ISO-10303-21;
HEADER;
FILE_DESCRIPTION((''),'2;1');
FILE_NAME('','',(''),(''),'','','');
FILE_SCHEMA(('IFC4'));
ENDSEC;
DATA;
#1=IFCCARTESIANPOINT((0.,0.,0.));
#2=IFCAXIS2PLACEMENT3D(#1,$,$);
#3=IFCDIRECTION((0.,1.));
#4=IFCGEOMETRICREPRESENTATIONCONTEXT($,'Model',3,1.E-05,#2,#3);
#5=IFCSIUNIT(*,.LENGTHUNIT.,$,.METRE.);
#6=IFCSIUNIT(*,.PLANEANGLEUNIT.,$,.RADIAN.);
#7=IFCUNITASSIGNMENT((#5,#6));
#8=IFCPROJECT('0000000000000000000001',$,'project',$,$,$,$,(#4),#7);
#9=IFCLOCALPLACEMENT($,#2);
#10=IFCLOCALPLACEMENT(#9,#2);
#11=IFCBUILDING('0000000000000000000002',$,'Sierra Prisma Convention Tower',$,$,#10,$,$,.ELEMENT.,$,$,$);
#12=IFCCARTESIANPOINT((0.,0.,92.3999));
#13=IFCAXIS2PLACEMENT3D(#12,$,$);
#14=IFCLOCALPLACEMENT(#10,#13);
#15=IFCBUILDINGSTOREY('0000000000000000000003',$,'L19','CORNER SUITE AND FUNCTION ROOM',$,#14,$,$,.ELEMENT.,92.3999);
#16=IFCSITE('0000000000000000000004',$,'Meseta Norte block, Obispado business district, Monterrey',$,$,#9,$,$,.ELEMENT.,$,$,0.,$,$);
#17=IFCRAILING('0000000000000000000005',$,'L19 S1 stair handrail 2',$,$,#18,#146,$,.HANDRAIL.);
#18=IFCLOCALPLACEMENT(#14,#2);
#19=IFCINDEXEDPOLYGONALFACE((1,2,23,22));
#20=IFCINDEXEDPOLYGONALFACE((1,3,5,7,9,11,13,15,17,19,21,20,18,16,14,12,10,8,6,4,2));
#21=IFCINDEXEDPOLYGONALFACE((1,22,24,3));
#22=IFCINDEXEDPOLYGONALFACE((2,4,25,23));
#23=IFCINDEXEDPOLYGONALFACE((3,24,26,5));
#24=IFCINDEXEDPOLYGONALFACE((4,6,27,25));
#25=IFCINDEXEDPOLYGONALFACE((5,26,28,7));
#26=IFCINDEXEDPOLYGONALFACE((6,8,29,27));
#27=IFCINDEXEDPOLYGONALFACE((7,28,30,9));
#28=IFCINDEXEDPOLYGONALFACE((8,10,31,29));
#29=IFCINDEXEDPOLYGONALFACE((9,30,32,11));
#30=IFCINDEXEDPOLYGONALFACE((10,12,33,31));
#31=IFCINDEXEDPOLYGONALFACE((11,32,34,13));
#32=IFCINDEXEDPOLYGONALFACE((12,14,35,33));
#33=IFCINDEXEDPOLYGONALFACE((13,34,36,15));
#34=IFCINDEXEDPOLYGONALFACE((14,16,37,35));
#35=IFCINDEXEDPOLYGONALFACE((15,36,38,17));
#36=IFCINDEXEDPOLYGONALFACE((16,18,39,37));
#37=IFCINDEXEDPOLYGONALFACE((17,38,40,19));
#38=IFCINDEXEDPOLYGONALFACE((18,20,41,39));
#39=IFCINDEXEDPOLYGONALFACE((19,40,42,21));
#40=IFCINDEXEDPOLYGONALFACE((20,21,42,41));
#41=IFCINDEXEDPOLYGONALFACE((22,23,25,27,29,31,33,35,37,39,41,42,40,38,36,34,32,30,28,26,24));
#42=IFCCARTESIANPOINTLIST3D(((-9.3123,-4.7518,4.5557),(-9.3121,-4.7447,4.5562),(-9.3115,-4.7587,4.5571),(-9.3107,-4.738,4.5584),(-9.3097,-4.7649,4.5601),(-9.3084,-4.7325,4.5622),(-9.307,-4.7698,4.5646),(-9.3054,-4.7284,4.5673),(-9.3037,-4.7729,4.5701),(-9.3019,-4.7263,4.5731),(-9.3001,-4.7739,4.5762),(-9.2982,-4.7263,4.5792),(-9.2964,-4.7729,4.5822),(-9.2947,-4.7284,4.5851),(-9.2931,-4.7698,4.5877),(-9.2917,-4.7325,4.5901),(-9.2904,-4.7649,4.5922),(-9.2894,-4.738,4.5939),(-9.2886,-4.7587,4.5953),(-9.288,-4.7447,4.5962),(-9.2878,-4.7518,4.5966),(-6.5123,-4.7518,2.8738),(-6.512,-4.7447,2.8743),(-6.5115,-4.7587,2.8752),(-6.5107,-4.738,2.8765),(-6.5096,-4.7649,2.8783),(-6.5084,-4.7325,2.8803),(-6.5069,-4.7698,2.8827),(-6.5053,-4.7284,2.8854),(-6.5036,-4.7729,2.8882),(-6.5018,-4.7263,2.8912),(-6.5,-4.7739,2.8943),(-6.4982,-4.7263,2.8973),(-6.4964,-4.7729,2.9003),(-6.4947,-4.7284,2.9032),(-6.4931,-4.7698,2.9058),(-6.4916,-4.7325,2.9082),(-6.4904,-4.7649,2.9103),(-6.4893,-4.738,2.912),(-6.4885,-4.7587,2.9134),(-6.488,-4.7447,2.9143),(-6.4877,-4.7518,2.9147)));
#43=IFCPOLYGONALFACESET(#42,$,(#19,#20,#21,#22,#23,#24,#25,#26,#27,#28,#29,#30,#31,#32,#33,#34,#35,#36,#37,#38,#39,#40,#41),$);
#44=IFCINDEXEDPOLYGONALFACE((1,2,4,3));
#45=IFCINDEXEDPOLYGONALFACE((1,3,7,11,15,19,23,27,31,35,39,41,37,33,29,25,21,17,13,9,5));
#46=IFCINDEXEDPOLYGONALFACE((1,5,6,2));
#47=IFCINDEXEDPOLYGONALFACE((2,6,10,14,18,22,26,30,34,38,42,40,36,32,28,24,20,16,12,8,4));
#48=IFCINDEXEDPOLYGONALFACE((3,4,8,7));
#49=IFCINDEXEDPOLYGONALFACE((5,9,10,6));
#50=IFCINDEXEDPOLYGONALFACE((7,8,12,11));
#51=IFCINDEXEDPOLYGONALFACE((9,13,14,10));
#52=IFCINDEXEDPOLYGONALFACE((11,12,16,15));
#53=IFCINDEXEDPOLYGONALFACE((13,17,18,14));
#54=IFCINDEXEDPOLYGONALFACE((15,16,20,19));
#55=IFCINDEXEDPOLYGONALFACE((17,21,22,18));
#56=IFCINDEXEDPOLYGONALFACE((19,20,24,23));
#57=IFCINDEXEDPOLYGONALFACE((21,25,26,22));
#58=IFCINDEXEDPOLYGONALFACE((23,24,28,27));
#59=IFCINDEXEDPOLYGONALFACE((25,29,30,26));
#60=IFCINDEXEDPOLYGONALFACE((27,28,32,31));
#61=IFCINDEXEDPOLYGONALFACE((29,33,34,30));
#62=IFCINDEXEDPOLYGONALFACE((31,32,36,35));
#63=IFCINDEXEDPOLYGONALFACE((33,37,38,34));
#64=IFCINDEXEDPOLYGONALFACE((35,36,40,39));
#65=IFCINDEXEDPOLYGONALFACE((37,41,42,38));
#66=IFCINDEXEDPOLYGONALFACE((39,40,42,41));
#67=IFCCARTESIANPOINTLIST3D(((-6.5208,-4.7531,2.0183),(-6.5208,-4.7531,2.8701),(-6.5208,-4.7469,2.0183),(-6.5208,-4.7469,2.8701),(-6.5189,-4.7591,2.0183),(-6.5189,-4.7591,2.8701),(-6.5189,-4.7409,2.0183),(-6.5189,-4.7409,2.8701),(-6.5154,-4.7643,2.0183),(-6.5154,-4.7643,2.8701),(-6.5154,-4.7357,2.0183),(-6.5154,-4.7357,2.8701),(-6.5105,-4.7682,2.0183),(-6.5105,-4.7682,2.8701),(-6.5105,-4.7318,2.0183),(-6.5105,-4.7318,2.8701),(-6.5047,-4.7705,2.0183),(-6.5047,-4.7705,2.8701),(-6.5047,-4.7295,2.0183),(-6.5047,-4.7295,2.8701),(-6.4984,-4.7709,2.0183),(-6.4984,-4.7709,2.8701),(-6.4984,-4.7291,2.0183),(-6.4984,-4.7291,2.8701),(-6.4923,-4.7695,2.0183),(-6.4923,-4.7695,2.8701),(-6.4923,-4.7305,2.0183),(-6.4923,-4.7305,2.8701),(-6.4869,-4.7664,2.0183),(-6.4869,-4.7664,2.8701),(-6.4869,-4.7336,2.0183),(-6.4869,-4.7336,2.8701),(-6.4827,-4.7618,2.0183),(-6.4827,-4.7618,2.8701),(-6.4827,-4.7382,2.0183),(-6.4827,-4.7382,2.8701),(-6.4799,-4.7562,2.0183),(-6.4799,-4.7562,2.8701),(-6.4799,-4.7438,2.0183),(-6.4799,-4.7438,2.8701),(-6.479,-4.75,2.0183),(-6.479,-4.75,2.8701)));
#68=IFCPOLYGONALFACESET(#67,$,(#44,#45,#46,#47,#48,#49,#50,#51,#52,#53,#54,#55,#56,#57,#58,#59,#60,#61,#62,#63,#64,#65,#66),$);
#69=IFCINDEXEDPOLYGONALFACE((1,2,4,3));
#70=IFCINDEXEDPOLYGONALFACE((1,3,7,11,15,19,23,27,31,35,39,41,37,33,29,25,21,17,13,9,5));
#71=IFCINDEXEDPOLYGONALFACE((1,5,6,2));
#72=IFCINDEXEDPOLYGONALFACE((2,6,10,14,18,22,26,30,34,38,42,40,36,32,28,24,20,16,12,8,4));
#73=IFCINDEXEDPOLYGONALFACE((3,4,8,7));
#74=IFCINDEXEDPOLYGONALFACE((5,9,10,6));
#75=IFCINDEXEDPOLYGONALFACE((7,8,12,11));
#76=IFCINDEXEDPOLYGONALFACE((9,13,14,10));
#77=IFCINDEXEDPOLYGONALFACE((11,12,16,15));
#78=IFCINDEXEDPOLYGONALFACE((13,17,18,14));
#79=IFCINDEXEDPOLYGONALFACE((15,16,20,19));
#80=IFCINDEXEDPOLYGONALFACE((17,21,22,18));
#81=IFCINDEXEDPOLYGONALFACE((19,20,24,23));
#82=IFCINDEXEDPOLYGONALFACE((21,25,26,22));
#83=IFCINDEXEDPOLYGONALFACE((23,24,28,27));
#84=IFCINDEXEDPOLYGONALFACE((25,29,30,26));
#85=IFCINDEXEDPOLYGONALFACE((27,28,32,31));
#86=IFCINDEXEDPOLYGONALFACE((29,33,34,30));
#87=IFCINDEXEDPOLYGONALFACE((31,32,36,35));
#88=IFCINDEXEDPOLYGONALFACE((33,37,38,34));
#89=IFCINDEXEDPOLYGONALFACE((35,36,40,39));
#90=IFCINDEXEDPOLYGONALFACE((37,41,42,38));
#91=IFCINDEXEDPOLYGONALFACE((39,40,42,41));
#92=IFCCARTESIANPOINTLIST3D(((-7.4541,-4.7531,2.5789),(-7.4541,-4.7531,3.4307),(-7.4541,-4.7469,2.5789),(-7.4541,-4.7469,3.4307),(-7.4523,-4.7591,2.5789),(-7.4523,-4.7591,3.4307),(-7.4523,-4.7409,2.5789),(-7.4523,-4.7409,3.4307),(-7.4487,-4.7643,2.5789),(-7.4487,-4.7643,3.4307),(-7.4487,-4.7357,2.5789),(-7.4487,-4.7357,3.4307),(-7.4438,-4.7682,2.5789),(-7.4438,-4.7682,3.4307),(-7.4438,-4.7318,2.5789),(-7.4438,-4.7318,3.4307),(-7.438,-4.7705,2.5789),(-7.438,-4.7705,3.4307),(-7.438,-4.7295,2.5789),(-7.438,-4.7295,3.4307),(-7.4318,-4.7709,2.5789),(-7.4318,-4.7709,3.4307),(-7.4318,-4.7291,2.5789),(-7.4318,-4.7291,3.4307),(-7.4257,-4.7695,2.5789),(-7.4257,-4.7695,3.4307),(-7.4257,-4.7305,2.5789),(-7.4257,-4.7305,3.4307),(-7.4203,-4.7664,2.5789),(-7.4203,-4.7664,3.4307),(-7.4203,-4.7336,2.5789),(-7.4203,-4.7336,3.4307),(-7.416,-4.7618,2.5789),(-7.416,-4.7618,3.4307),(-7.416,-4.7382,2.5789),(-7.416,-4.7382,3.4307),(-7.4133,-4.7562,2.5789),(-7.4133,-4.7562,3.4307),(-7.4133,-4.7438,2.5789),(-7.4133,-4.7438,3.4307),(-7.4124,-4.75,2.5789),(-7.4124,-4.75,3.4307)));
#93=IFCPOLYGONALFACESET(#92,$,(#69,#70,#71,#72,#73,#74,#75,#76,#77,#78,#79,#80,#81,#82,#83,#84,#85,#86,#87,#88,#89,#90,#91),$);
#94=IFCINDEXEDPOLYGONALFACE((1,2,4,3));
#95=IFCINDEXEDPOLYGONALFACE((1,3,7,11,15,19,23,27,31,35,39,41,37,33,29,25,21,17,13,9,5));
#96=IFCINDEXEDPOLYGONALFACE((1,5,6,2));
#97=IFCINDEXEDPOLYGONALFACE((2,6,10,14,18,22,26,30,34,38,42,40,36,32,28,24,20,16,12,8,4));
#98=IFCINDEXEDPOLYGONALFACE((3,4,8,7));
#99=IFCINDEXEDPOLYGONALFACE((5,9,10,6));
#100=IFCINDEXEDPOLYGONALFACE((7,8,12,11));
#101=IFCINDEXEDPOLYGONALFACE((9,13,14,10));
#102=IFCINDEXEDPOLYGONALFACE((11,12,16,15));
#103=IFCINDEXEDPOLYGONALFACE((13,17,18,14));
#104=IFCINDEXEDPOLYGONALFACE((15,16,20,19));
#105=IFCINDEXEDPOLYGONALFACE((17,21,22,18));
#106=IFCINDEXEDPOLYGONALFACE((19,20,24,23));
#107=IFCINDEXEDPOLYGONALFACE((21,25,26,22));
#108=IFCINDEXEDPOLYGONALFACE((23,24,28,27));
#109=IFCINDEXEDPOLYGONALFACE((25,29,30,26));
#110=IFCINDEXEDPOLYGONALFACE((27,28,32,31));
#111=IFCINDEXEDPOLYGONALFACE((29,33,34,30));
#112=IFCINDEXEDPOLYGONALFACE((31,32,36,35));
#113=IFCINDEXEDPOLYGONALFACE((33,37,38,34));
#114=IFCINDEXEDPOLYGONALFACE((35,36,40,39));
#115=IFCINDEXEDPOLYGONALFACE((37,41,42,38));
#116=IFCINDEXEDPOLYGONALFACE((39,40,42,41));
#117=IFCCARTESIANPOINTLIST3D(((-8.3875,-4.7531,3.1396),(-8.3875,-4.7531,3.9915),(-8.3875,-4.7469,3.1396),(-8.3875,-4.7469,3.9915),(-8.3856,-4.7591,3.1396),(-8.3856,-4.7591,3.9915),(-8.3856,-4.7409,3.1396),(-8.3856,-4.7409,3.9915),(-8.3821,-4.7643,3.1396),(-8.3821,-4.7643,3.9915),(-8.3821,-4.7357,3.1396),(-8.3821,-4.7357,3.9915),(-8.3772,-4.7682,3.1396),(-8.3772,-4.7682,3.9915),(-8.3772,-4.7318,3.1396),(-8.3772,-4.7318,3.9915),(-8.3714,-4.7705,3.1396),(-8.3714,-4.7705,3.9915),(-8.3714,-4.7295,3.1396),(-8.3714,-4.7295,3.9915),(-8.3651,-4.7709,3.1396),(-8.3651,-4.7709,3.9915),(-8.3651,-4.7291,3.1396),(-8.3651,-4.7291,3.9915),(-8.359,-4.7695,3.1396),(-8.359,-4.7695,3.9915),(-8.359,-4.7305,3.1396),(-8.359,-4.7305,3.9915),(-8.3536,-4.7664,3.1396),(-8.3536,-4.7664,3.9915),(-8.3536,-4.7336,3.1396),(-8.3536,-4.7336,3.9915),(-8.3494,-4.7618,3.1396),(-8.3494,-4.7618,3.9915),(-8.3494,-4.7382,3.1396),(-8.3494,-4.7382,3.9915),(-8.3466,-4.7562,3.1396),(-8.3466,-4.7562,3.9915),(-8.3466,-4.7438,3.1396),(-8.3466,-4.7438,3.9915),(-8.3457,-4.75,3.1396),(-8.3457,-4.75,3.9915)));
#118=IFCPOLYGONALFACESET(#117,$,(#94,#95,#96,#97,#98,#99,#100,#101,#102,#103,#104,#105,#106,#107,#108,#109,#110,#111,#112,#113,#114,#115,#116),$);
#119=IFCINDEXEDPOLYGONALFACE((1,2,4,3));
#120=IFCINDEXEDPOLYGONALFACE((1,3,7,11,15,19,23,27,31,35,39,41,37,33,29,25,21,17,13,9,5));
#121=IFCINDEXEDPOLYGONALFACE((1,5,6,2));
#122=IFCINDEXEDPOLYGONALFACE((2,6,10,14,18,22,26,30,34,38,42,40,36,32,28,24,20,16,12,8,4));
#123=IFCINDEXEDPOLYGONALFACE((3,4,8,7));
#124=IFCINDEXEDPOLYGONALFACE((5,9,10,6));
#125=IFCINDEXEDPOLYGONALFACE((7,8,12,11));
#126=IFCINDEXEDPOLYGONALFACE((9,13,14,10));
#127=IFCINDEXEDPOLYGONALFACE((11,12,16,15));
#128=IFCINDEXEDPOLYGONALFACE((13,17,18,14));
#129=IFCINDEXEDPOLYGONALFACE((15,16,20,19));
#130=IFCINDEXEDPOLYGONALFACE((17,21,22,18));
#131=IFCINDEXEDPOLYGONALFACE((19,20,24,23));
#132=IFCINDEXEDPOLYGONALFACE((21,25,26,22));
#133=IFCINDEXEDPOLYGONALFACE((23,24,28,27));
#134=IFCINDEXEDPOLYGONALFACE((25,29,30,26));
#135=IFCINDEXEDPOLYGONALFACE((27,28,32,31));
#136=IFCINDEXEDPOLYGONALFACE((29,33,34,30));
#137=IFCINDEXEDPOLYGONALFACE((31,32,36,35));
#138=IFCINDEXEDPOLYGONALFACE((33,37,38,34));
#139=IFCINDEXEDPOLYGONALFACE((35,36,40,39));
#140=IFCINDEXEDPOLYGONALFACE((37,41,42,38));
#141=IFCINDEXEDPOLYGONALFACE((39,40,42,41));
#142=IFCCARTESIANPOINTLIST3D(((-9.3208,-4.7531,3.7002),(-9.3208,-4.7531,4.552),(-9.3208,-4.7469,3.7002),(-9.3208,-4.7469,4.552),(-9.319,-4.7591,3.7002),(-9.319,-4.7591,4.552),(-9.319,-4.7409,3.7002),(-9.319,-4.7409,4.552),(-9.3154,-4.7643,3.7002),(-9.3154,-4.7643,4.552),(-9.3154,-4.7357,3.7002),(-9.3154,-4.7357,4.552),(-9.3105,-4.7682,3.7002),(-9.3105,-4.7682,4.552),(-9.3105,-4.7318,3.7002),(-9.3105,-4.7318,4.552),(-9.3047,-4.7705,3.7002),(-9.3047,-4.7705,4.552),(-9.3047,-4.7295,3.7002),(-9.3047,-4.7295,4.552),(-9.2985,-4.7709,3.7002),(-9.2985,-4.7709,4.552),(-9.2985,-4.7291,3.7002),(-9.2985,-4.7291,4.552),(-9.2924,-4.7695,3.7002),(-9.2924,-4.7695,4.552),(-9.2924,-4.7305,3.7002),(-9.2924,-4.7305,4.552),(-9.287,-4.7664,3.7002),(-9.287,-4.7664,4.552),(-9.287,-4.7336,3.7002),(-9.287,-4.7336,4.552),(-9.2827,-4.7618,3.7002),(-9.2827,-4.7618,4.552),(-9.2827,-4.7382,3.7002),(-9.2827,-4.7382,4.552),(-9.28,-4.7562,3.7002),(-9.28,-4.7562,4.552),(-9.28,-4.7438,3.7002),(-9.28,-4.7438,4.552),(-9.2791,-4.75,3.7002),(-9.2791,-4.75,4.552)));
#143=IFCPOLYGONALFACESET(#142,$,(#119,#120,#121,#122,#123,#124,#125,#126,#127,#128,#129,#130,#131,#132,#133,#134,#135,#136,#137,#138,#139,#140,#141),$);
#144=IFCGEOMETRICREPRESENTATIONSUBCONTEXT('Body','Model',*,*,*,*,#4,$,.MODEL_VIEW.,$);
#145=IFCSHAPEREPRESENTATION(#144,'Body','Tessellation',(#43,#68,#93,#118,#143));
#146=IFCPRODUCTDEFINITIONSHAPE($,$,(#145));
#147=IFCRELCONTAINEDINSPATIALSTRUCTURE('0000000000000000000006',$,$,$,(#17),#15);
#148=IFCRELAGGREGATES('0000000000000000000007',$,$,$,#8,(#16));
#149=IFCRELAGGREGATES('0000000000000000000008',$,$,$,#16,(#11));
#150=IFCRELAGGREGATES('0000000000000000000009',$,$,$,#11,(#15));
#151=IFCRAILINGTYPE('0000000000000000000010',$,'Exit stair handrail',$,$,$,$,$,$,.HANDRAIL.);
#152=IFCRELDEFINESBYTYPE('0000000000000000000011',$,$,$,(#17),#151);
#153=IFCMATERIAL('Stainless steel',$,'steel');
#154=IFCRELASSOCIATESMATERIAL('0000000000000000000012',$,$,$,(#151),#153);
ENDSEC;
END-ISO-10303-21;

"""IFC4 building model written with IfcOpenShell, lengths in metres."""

from ifc_helpers import new_model, si_unit, direction, frame, origin, origin_2d, place, context, subcontext, project, spatial, circle, extrude, material, type_object, element, save


model = new_model("IFC4")

# Units and contexts
model_context = context("Model", 3, precision=1e-05, world=origin(), true_north=direction((0.0, 1.0)))
body_context = subcontext(model_context, "Body", "Model", "MODEL_VIEW")
ifc_project = project(units=[si_unit("LENGTHUNIT", "METRE"), si_unit("PLANEANGLEUNIT", "RADIAN")], contexts=[model_context])

# Site, building, storey
site_placement = place(None, origin())
site = spatial("IfcSite", under=ifc_project, at=site_placement, Name="Meseta Norte block, Obispado business district, Monterrey", CompositionType="ELEMENT", RefElevation=0.0)
building_placement = place(site_placement, origin())
building = spatial("IfcBuilding", under=site, at=building_placement, Name="Sierra Prisma Convention Tower", CompositionType="ELEMENT")
storey_placement = place(building_placement, frame((0.0, 0.0, 92.3999)))
storey = spatial("IfcBuildingStorey", under=building, at=storey_placement, Name="L19", Description="CORNER SUITE AND FUNCTION ROOM", CompositionType="ELEMENT", Elevation=92.3999)

# Railing
ifc_material_1 = material(Name="Stainless steel", Category="steel")
railing_type_1 = type_object("IfcRailingType", Name="Exit stair handrail", PredefinedType="HANDRAIL", material=ifc_material_1)
railing_1_placement = place(storey_placement, frame((-6.5, -4.75, 2.0183)))
element("IfcRailing", 1, at=railing_1_placement, inside=storey, type_object=railing_type_1, Name="L19 S1 stair handrail 2", PredefinedType="HANDRAIL", context=body_context, shape_type="SweptSolid", body=[
    extrude(circle(Radius=0.0239, at=origin_2d()), frame((0.0, 0.0, 0.876), z_axis=(-0.857242, 0.0, 0.514913), x_axis=(0.0, -1.0, 0.0)), (0.0, 0.0, 1.0), 3.2664),
    extrude(circle(Radius=0.021, at=origin_2d()), origin(), (0.0, 0.0, 1.0), 0.8518),
    extrude(circle(Radius=0.021, at=origin_2d()), frame((-0.9333, 0.0, 0.5605)), (0.0, 0.0, 1.0), 0.8518),
    extrude(circle(Radius=0.021, at=origin_2d()), frame((-1.8667, 0.0, 1.1213)), (0.0, 0.0, 1.0), 0.8518),
    extrude(circle(Radius=0.021, at=origin_2d()), frame((-2.8, 0.0, 1.6819)), (0.0, 0.0, 1.0), 0.8518),
])

save(model, "model.ifc")
